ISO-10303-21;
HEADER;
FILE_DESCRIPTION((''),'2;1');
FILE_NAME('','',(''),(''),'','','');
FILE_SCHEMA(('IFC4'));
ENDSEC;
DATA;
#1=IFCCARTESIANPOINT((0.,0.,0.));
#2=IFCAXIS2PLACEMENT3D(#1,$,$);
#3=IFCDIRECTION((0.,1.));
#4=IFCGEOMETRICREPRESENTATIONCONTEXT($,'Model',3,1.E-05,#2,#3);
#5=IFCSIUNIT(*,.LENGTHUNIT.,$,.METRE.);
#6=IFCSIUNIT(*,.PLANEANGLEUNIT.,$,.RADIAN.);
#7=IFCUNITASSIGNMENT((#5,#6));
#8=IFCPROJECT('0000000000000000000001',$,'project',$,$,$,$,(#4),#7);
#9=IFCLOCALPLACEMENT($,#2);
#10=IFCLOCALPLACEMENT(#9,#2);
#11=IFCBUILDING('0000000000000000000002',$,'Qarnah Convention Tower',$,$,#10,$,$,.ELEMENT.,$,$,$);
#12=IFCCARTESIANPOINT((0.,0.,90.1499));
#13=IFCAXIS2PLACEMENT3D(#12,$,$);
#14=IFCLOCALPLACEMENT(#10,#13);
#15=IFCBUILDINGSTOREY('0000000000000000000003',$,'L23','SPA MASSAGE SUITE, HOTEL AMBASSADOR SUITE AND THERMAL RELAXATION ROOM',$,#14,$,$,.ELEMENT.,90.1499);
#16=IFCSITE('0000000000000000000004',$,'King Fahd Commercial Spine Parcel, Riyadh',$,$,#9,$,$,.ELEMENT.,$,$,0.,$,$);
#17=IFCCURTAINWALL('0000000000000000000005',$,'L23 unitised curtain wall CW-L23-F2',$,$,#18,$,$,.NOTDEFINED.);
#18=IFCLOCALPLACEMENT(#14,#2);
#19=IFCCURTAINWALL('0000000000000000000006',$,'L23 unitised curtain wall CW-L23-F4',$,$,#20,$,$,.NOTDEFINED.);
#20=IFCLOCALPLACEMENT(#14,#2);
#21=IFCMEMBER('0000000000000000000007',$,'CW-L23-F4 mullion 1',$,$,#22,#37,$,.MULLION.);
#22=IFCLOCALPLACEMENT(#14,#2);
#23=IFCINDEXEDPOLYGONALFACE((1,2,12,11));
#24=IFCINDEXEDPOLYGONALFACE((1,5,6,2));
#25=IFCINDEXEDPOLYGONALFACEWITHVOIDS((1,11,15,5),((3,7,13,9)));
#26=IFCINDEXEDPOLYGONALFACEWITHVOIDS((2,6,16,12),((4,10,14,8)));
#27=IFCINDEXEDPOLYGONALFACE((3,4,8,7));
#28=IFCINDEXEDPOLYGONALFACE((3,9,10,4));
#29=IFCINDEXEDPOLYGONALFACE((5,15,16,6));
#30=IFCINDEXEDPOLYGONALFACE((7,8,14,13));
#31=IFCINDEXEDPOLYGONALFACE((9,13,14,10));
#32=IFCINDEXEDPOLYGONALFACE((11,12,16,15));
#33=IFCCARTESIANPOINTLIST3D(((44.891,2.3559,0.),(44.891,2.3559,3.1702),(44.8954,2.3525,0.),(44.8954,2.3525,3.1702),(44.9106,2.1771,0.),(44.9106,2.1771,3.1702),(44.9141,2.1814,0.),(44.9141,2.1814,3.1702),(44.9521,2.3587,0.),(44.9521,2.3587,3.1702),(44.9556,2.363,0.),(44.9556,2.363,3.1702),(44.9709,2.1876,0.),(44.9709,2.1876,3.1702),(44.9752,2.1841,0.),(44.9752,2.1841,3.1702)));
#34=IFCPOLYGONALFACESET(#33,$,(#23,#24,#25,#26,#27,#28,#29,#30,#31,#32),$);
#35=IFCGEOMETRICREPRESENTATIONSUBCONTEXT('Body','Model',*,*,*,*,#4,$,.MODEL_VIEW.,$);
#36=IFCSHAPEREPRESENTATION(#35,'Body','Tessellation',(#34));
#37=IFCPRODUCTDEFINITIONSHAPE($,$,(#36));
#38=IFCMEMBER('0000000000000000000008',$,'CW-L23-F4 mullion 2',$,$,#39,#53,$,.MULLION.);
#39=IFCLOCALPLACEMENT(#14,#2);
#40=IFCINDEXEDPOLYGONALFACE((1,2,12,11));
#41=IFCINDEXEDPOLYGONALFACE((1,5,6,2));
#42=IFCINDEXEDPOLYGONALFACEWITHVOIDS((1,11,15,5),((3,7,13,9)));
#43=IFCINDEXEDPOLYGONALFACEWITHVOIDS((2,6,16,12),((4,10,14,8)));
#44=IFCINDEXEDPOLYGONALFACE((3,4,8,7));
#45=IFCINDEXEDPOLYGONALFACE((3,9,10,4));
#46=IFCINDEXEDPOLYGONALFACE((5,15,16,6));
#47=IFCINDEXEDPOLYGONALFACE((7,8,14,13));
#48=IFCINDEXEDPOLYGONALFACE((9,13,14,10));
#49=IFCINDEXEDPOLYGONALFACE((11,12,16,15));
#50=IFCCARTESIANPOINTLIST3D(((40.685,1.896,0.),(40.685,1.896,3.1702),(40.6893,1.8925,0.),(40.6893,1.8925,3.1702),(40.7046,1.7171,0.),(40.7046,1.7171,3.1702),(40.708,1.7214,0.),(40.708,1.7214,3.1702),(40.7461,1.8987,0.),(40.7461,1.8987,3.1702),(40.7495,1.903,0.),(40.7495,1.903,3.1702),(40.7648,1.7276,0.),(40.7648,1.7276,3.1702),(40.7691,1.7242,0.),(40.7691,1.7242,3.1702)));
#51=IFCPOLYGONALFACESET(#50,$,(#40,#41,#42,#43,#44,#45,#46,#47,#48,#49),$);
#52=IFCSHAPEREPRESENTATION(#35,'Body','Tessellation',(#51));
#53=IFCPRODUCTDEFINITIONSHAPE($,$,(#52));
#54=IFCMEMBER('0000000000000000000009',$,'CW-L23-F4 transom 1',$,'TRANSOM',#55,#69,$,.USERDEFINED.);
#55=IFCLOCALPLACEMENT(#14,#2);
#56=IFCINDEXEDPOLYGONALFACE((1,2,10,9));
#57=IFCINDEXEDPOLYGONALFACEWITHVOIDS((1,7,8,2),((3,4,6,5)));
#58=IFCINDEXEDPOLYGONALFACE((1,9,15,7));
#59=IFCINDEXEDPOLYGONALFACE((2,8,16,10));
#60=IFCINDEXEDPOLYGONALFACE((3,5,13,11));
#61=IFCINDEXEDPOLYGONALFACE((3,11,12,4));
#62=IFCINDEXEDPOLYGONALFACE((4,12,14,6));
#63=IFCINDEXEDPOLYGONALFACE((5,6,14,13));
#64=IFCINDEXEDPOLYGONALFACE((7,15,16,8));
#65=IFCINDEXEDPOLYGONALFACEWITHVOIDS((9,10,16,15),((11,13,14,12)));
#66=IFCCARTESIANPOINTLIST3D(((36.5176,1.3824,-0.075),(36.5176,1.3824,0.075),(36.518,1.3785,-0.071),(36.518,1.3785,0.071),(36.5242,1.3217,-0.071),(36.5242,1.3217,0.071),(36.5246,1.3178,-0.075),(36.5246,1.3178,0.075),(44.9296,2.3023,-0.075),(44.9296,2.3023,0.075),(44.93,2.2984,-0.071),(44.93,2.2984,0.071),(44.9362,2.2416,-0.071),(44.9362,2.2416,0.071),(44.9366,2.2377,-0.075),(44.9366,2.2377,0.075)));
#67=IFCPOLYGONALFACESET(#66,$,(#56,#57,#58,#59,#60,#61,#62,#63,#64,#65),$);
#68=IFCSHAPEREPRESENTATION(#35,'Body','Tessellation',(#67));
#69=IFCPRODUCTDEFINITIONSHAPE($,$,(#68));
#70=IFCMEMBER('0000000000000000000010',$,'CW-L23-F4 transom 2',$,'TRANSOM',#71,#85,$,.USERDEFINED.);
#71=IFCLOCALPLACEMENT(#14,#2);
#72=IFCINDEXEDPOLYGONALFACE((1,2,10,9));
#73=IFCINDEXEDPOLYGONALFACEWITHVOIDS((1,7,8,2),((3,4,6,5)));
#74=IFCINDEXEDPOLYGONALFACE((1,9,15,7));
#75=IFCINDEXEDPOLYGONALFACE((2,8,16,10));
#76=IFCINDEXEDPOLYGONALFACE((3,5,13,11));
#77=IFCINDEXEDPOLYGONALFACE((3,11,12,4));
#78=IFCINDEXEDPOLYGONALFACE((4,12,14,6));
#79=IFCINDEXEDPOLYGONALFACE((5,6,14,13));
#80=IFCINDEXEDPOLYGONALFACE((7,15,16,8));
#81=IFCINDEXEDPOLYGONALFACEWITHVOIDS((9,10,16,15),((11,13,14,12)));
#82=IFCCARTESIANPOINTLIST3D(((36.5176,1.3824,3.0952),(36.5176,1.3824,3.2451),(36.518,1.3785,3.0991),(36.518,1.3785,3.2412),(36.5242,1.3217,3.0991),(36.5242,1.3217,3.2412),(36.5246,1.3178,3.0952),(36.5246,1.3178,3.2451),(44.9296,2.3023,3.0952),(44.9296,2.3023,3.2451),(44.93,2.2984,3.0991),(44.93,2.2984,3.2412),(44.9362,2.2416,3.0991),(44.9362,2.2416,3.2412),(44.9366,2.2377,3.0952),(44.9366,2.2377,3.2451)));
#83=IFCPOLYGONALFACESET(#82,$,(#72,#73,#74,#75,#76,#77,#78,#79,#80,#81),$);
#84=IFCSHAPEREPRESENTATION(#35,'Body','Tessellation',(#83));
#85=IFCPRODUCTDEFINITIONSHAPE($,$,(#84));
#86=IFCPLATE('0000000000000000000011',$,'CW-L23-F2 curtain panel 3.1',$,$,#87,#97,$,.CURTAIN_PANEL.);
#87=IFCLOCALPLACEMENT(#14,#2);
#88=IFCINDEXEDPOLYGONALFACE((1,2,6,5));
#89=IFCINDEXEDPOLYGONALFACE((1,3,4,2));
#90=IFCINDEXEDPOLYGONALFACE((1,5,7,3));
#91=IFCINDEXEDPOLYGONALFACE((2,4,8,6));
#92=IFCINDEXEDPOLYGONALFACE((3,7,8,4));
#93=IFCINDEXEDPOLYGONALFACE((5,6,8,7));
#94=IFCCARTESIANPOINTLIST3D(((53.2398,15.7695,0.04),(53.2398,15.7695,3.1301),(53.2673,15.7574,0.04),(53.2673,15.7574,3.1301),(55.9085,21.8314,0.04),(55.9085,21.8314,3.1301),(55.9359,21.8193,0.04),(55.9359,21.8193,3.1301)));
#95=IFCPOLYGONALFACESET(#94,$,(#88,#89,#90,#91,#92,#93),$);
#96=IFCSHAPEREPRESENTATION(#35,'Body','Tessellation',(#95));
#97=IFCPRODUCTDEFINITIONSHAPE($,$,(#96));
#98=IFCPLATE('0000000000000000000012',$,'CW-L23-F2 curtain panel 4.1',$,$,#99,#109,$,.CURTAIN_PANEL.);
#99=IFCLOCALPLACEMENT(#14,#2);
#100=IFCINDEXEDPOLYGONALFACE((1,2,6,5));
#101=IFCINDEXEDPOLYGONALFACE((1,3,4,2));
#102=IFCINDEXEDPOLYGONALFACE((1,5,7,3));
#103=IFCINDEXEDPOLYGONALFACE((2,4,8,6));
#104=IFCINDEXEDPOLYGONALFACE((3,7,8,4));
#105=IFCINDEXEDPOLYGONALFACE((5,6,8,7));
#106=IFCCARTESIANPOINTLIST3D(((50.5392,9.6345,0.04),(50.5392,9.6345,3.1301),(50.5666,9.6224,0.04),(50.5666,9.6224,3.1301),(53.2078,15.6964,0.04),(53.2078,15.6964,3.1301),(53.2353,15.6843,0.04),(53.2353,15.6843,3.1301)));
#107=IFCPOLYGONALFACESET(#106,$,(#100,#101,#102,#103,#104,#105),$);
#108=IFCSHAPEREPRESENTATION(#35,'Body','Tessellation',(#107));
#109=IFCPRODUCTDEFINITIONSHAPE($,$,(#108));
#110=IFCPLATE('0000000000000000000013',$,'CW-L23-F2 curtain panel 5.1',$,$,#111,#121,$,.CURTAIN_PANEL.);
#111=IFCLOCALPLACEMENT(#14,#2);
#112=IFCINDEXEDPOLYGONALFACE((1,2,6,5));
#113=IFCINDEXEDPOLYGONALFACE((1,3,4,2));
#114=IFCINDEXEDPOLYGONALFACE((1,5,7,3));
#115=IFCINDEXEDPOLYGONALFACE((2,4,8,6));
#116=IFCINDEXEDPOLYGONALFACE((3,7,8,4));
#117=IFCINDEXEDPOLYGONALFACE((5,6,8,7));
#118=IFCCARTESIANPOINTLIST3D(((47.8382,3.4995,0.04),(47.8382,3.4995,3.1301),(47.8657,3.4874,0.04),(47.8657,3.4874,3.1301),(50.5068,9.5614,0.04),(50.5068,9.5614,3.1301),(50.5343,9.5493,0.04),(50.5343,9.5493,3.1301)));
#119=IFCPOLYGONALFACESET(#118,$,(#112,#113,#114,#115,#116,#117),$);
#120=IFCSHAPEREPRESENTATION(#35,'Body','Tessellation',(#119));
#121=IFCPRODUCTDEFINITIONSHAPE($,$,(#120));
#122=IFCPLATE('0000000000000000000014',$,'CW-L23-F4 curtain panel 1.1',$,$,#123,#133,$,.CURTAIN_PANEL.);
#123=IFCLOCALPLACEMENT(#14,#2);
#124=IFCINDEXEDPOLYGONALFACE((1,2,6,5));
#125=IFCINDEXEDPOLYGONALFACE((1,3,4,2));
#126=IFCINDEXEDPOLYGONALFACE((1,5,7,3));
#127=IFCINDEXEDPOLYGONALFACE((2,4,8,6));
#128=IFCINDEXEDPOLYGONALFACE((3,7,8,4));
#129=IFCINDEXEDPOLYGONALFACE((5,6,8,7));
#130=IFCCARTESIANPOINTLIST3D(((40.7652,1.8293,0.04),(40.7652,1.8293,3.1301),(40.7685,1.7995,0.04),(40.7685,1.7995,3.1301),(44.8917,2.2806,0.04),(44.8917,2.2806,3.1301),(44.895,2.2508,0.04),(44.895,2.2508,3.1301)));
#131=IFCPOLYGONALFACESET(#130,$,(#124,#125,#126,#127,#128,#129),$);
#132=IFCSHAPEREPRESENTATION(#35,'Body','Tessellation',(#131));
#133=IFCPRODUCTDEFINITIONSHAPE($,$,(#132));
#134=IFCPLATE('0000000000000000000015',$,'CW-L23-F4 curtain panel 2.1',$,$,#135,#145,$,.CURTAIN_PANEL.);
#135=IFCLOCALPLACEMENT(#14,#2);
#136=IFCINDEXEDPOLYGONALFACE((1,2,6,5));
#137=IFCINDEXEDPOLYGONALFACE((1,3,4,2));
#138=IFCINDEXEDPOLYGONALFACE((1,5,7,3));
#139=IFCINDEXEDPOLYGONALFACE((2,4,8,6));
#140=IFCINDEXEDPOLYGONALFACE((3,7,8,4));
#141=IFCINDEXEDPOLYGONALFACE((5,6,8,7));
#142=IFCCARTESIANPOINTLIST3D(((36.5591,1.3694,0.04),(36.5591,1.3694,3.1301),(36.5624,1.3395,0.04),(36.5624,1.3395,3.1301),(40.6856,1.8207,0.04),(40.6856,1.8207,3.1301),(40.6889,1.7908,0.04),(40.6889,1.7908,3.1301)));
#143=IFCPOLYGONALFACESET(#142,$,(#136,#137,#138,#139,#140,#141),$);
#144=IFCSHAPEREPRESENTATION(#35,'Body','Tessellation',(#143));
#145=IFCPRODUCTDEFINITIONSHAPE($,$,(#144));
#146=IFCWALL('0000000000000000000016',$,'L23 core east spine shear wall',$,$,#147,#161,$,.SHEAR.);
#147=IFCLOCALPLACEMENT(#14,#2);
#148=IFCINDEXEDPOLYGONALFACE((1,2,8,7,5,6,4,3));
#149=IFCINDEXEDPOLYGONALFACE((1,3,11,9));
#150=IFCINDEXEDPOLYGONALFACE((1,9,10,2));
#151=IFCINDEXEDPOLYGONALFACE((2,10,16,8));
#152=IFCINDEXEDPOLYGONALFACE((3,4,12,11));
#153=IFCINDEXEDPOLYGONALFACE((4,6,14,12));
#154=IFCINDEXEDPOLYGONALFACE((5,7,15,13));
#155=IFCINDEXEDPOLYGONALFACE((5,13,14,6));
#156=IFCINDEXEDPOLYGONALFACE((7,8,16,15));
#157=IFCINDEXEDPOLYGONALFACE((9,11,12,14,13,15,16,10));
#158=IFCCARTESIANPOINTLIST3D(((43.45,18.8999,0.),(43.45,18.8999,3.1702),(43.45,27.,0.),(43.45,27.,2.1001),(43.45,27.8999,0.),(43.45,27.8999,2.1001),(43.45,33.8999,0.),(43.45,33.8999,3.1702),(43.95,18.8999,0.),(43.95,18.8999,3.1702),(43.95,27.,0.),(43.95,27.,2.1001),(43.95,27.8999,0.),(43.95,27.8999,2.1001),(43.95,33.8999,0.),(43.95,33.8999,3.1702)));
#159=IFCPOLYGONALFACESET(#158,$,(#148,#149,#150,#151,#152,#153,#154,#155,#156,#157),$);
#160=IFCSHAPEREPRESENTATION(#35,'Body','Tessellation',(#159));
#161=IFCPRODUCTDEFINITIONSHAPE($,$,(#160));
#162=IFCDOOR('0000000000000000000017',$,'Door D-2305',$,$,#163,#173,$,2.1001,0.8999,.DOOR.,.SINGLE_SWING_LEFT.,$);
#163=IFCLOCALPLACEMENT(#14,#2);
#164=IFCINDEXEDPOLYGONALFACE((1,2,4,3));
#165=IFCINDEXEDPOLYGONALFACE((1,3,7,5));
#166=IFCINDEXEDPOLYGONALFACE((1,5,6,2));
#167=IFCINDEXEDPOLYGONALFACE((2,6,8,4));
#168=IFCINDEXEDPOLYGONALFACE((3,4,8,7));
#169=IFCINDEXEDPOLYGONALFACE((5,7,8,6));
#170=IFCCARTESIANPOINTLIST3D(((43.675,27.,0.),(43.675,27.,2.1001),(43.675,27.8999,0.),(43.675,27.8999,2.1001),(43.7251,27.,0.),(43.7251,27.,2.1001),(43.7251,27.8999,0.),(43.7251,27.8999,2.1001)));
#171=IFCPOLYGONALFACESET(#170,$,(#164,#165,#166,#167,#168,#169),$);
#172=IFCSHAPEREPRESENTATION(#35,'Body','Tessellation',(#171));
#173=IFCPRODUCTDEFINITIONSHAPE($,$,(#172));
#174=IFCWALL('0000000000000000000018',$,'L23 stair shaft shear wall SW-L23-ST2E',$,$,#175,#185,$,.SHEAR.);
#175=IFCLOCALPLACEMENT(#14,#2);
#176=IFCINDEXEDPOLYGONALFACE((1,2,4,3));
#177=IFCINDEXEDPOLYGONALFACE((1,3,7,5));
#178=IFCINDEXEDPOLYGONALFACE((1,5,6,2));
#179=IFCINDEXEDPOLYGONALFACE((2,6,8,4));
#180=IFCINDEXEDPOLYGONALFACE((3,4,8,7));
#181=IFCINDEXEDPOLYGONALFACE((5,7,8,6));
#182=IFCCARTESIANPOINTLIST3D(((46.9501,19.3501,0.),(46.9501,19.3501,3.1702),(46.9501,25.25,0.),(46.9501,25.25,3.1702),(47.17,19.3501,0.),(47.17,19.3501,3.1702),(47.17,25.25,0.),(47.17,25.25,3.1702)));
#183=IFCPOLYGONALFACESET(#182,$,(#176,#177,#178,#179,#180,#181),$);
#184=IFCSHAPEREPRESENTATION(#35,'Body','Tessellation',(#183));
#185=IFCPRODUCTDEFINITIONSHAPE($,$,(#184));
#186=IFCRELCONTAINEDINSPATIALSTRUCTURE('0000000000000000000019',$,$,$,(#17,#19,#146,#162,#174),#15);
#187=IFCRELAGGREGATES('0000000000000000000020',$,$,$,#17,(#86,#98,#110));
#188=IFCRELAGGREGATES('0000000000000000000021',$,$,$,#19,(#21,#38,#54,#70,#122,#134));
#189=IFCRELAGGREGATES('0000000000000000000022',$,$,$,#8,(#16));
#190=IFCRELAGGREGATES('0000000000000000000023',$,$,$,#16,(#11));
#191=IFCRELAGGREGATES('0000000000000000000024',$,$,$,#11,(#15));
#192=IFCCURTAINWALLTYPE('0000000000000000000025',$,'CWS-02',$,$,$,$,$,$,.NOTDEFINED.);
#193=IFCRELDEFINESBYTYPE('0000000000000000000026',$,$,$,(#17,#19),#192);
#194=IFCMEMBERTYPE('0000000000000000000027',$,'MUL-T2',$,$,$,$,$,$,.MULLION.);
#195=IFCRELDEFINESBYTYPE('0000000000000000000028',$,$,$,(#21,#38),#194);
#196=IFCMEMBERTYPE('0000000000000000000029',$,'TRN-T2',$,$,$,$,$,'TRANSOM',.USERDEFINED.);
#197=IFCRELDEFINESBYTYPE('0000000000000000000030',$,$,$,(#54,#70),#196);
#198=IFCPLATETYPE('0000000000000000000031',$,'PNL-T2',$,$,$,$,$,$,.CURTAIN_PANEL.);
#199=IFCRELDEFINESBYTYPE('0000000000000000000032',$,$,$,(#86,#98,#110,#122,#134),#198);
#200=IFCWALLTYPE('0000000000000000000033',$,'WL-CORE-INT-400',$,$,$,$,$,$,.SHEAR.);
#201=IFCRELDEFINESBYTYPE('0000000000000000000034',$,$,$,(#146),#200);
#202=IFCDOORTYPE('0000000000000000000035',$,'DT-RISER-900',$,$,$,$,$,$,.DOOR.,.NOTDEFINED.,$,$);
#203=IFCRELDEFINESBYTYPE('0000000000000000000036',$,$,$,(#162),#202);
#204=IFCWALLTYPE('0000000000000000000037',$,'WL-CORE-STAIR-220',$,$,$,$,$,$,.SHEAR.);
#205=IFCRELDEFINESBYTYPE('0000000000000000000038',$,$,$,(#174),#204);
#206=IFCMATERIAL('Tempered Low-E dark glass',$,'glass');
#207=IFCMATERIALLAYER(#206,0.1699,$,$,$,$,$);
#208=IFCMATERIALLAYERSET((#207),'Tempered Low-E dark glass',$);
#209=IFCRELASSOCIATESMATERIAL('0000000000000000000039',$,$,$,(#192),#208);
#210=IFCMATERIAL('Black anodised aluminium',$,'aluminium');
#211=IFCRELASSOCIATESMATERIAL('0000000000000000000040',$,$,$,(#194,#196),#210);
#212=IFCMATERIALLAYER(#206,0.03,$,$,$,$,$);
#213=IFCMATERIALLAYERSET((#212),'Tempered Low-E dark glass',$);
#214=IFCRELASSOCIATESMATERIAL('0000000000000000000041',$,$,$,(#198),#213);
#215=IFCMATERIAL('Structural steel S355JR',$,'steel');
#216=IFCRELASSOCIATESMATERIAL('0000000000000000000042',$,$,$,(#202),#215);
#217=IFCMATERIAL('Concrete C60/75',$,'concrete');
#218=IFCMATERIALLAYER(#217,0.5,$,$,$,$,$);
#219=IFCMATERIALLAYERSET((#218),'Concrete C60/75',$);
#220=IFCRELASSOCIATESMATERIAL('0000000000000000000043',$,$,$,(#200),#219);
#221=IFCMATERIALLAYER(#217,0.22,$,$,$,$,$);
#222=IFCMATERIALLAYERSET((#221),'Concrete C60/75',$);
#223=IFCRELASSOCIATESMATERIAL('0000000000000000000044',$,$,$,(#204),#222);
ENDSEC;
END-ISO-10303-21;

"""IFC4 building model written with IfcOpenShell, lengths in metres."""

from ifc_helpers import new_model, si_unit, direction, frame, frame_2d, origin, origin_2d, place, context, subcontext, project, spatial, rectangle, hollow_rectangle, extrude, material, layer, layer_set, material_profile, profile_set, type_object, element, fill, aggregate, save


model = new_model("IFC4")

# Units and contexts
model_context = context("Model", 3, precision=1e-05, world=origin(), true_north=direction((0.0, 1.0)))
body_context = subcontext(model_context, "Body", "Model", "MODEL_VIEW")
ifc_project = project(units=[si_unit("LENGTHUNIT", "METRE"), si_unit("PLANEANGLEUNIT", "RADIAN")], contexts=[model_context])

# Site, building, storey
site_placement = place(None, origin())
site = spatial("IfcSite", under=ifc_project, at=site_placement, Name="King Fahd Commercial Spine Parcel, Riyadh", CompositionType="ELEMENT", RefElevation=0.0)
building_placement = place(site_placement, origin())
building = spatial("IfcBuilding", under=site, at=building_placement, Name="Qarnah Convention Tower", CompositionType="ELEMENT")
storey_placement = place(building_placement, frame((0.0, 0.0, 90.1499)))
storey = spatial("IfcBuildingStorey", under=building, at=storey_placement, Name="L23", Description="SPA MASSAGE SUITE, HOTEL AMBASSADOR SUITE AND THERMAL RELAXATION ROOM", CompositionType="ELEMENT", Elevation=90.1499)

# Shared definitions
ifc_material_1 = material(Name="Concrete C60/75", Category="concrete")

# Shared definitions
ifc_material_2 = material(Name="Structural steel S355JR", Category="steel")

# Curtain walls, members
ifc_material_3 = material(Name="Tempered Low-E dark glass", Category="glass")
ifc_layer_1 = layer(ifc_material_3, 0.1699)
ifc_layer_set_1 = layer_set([ifc_layer_1], Name="Tempered Low-E dark glass")
curtain_wall_type = type_object("IfcCurtainWallType", Name="CWS-02", PredefinedType="NOTDEFINED", material=ifc_layer_set_1)
curtain_wall_1_placement = place(storey_placement, origin())
curtain_wall_1 = element("IfcCurtainWall", 1, at=curtain_wall_1_placement, inside=storey, type_object=curtain_wall_type, Name="L23 unitised curtain wall CW-L23-F2", PredefinedType="NOTDEFINED")
ifc_material_4 = material(Name="Black anodised aluminium", Category="aluminium")
ifc_material_profile_1 = material_profile(ifc_material_4, hollow_rectangle(XDim=0.0649, YDim=0.1799, WallThickness=0.0039, at=origin_2d()), Name="MUL-65X180")
ifc_profile_set_1 = profile_set([ifc_material_profile_1], Name="Black anodised aluminium")
member_type_1 = type_object("IfcMemberType", Name="MUL-T2", PredefinedType="MULLION", material=ifc_profile_set_1)
curtain_wall_2_placement = place(storey_placement, origin())
curtain_wall_2 = element("IfcCurtainWall", 2, at=curtain_wall_2_placement, inside=storey, type_object=curtain_wall_type, Name="L23 unitised curtain wall CW-L23-F4", PredefinedType="NOTDEFINED")
member_1_placement = place(storey_placement, frame((44.9331, 2.27, 0.0), z_axis=(0.0, 0.0, 1.0), x_axis=(-0.994072, -0.108719, 0.0)))
member_1 = element("IfcMember", 3, at=member_1_placement, type_object=member_type_1, Name="CW-L23-F4 mullion 1", PredefinedType="MULLION", context=body_context, shape_type="SweptSolid", body=[
    extrude(hollow_rectangle(XDim=0.0649, YDim=0.1799, WallThickness=0.0039, at=origin_2d()), origin(), (0.0, 0.0, 1.0), 3.1702),
])
member_2_placement = place(storey_placement, frame((40.7271, 1.8101, 0.0), z_axis=(0.0, 0.0, 1.0), x_axis=(-0.994072, -0.108719, 0.0)))
member_2 = element("IfcMember", 4, at=member_2_placement, type_object=member_type_1, Name="CW-L23-F4 mullion 2", PredefinedType="MULLION", context=body_context, shape_type="SweptSolid", body=[
    extrude(hollow_rectangle(XDim=0.0649, YDim=0.1799, WallThickness=0.0039, at=origin_2d()), origin(), (0.0, 0.0, 1.0), 3.1702),
])
ifc_material_profile_2 = material_profile(ifc_material_4, hollow_rectangle(XDim=0.0649, YDim=0.1499, WallThickness=0.0039, at=origin_2d()), Name="TRN-65X150")
ifc_profile_set_2 = profile_set([ifc_material_profile_2], Name="Black anodised aluminium")
member_type_2 = type_object("IfcMemberType", Name="TRN-T2", ElementType="TRANSOM", PredefinedType="USERDEFINED", material=ifc_profile_set_2)
member_3_placement = place(storey_placement, frame((44.9331, 2.27, 0.0), z_axis=(-0.994074, -0.108709, 0.0), x_axis=(0.108709, -0.994074, 0.0)))
member_3 = element("IfcMember", 5, at=member_3_placement, type_object=member_type_2, Name="CW-L23-F4 transom 1", ObjectType="TRANSOM", PredefinedType="USERDEFINED", context=body_context, shape_type="SweptSolid", body=[
    extrude(hollow_rectangle(XDim=0.0649, YDim=0.1499, WallThickness=0.0039, at=origin_2d()), origin(), (0.0, 0.0, 1.0), 8.4622),
])
member_4_placement = place(storey_placement, frame((44.9331, 2.27, 3.1702), z_axis=(-0.994074, -0.108709, 0.0), x_axis=(0.108709, -0.994074, 0.0)))
member_4 = element("IfcMember", 6, at=member_4_placement, type_object=member_type_2, Name="CW-L23-F4 transom 2", ObjectType="TRANSOM", PredefinedType="USERDEFINED", context=body_context, shape_type="SweptSolid", body=[
    extrude(hollow_rectangle(XDim=0.0649, YDim=0.1499, WallThickness=0.0039, at=origin_2d()), origin(), (0.0, 0.0, 1.0), 8.4622),
])

# Plates
ifc_layer_2 = layer(ifc_material_3, 0.03)
ifc_layer_set_2 = layer_set([ifc_layer_2], Name="Tempered Low-E dark glass")
plate_type = type_object("IfcPlateType", Name="PNL-T2", PredefinedType="CURTAIN_PANEL", material=ifc_layer_set_2)
plate_1_placement = place(storey_placement, frame((54.5879, 18.7944, 0.04), z_axis=(0.0, 0.0, 1.0), x_axis=(-0.402914, -0.915238, 0.0)))
plate_1 = element("IfcPlate", 7, at=plate_1_placement, type_object=plate_type, Name="CW-L23-F2 curtain panel 3.1", PredefinedType="CURTAIN_PANEL", context=body_context, shape_type="SweptSolid", body=[
    extrude(rectangle(XDim=6.6233, YDim=0.03, at=origin_2d()), origin(), (0.0, 0.0, 1.0), 3.0901),
])
plate_2_placement = place(storey_placement, frame((51.8872, 12.6594, 0.04), z_axis=(0.0, 0.0, 1.0), x_axis=(-0.402914, -0.915238, 0.0)))
plate_2 = element("IfcPlate", 8, at=plate_2_placement, type_object=plate_type, Name="CW-L23-F2 curtain panel 4.1", PredefinedType="CURTAIN_PANEL", context=body_context, shape_type="SweptSolid", body=[
    extrude(rectangle(XDim=6.6233, YDim=0.03, at=origin_2d()), origin(), (0.0, 0.0, 1.0), 3.0901),
])
plate_3_placement = place(storey_placement, frame((49.1863, 6.5244, 0.04), z_axis=(0.0, 0.0, 1.0), x_axis=(-0.402914, -0.915238, 0.0)))
plate_3 = element("IfcPlate", 9, at=plate_3_placement, type_object=plate_type, Name="CW-L23-F2 curtain panel 5.1", PredefinedType="CURTAIN_PANEL", context=body_context, shape_type="SweptSolid", body=[
    extrude(rectangle(XDim=6.6233, YDim=0.03, at=origin_2d()), origin(), (0.0, 0.0, 1.0), 3.0901),
])
aggregate(curtain_wall_1, [plate_1, plate_2, plate_3])
plate_4_placement = place(storey_placement, frame((42.8301, 2.04, 0.04), z_axis=(0.0, 0.0, 1.0), x_axis=(-0.994072, -0.108719, 0.0)))
plate_4 = element("IfcPlate", 10, at=plate_4_placement, type_object=plate_type, Name="CW-L23-F4 curtain panel 1.1", PredefinedType="CURTAIN_PANEL", context=body_context, shape_type="SweptSolid", body=[
    extrude(rectangle(XDim=4.1511, YDim=0.03, at=origin_2d()), origin(), (0.0, 0.0, 1.0), 3.0901),
])
plate_5_placement = place(storey_placement, frame((38.624, 1.5801, 0.04), z_axis=(0.0, 0.0, 1.0), x_axis=(-0.994072, -0.108719, 0.0)))
plate_5 = element("IfcPlate", 11, at=plate_5_placement, type_object=plate_type, Name="CW-L23-F4 curtain panel 2.1", PredefinedType="CURTAIN_PANEL", context=body_context, shape_type="SweptSolid", body=[
    extrude(rectangle(XDim=4.1511, YDim=0.03, at=origin_2d()), origin(), (0.0, 0.0, 1.0), 3.0901),
])
aggregate(curtain_wall_2, [member_1, member_2, member_3, member_4, plate_4, plate_5])

# Shared definitions
door_type_1 = type_object("IfcDoorType", Name="DT-RISER-900", OperationType="NOTDEFINED", PredefinedType="DOOR", material=ifc_material_2)

# Wall, opening, door
ifc_layer_3 = layer(ifc_material_1, 0.5)
ifc_layer_set_3 = layer_set([ifc_layer_3], Name="Concrete C60/75")
wall_type_1 = type_object("IfcWallType", Name="WL-CORE-INT-400", PredefinedType="SHEAR", material=ifc_layer_set_3)
wall_1_placement = place(storey_placement, frame((43.7, 18.8999, 0.0), z_axis=(0.0, 0.0, 1.0), x_axis=(0.0, 1.0, 0.0)))
wall_1 = element("IfcWall", 12, at=wall_1_placement, inside=storey, type_object=wall_type_1, Name="L23 core east spine shear wall", PredefinedType="SHEAR", context=body_context, shape_type="SweptSolid", body=[
    extrude(rectangle(XDim=15.0, YDim=0.5, at=frame_2d((7.5, 0.0))), origin(), (0.0, 0.0, 1.0), 3.1702),
])
opening_1_placement = place(wall_1_placement, frame((8.1001, 0.0, 0.0)))
opening_1 = element("IfcOpeningElement", 13, at=opening_1_placement, cuts=wall_1, PredefinedType="OPENING", context=body_context, shape_type="SweptSolid", body=[
    extrude(rectangle(XDim=0.8999, YDim=2.1001, at=frame_2d((0.45, 1.05))), frame((0.0, 0.26, 0.0), z_axis=(0.0, -1.0, 0.0), x_axis=(1.0, 0.0, 0.0)), (0.0, 0.0, 1.0), 0.52),
])
door_1_placement = place(opening_1_placement, origin())
door_1 = element("IfcDoor", 14, at=door_1_placement, inside=storey, type_object=door_type_1, Name="Door D-2305", OperationType="SINGLE_SWING_LEFT", OverallHeight=2.1001, OverallWidth=0.8999, PredefinedType="DOOR", context=body_context, shape_type="SweptSolid", body=[
    extrude(rectangle(XDim=0.8999, YDim=2.1001, at=frame_2d((0.45, 1.05))), frame((0.0, 0.0249, 0.0), z_axis=(0.0, -1.0, 0.0), x_axis=(1.0, 0.0, 0.0)), (0.0, 0.0, 1.0), 0.05),
])
fill(opening_1, door_1)

# Wall
ifc_layer_4 = layer(ifc_material_1, 0.22)
ifc_layer_set_4 = layer_set([ifc_layer_4], Name="Concrete C60/75")
wall_type_2 = type_object("IfcWallType", Name="WL-CORE-STAIR-220", PredefinedType="SHEAR", material=ifc_layer_set_4)
wall_2_placement = place(storey_placement, frame((47.0601, 19.3501, 0.0), z_axis=(0.0, 0.0, 1.0), x_axis=(0.0, 1.0, 0.0)))
element("IfcWall", 15, at=wall_2_placement, inside=storey, type_object=wall_type_2, Name="L23 stair shaft shear wall SW-L23-ST2E", PredefinedType="SHEAR", context=body_context, shape_type="SweptSolid", body=[
    extrude(rectangle(XDim=5.8999, YDim=0.22, at=frame_2d((2.95, 0.0))), origin(), (0.0, 0.0, 1.0), 3.1702),
])

save(model, "model.ifc")
